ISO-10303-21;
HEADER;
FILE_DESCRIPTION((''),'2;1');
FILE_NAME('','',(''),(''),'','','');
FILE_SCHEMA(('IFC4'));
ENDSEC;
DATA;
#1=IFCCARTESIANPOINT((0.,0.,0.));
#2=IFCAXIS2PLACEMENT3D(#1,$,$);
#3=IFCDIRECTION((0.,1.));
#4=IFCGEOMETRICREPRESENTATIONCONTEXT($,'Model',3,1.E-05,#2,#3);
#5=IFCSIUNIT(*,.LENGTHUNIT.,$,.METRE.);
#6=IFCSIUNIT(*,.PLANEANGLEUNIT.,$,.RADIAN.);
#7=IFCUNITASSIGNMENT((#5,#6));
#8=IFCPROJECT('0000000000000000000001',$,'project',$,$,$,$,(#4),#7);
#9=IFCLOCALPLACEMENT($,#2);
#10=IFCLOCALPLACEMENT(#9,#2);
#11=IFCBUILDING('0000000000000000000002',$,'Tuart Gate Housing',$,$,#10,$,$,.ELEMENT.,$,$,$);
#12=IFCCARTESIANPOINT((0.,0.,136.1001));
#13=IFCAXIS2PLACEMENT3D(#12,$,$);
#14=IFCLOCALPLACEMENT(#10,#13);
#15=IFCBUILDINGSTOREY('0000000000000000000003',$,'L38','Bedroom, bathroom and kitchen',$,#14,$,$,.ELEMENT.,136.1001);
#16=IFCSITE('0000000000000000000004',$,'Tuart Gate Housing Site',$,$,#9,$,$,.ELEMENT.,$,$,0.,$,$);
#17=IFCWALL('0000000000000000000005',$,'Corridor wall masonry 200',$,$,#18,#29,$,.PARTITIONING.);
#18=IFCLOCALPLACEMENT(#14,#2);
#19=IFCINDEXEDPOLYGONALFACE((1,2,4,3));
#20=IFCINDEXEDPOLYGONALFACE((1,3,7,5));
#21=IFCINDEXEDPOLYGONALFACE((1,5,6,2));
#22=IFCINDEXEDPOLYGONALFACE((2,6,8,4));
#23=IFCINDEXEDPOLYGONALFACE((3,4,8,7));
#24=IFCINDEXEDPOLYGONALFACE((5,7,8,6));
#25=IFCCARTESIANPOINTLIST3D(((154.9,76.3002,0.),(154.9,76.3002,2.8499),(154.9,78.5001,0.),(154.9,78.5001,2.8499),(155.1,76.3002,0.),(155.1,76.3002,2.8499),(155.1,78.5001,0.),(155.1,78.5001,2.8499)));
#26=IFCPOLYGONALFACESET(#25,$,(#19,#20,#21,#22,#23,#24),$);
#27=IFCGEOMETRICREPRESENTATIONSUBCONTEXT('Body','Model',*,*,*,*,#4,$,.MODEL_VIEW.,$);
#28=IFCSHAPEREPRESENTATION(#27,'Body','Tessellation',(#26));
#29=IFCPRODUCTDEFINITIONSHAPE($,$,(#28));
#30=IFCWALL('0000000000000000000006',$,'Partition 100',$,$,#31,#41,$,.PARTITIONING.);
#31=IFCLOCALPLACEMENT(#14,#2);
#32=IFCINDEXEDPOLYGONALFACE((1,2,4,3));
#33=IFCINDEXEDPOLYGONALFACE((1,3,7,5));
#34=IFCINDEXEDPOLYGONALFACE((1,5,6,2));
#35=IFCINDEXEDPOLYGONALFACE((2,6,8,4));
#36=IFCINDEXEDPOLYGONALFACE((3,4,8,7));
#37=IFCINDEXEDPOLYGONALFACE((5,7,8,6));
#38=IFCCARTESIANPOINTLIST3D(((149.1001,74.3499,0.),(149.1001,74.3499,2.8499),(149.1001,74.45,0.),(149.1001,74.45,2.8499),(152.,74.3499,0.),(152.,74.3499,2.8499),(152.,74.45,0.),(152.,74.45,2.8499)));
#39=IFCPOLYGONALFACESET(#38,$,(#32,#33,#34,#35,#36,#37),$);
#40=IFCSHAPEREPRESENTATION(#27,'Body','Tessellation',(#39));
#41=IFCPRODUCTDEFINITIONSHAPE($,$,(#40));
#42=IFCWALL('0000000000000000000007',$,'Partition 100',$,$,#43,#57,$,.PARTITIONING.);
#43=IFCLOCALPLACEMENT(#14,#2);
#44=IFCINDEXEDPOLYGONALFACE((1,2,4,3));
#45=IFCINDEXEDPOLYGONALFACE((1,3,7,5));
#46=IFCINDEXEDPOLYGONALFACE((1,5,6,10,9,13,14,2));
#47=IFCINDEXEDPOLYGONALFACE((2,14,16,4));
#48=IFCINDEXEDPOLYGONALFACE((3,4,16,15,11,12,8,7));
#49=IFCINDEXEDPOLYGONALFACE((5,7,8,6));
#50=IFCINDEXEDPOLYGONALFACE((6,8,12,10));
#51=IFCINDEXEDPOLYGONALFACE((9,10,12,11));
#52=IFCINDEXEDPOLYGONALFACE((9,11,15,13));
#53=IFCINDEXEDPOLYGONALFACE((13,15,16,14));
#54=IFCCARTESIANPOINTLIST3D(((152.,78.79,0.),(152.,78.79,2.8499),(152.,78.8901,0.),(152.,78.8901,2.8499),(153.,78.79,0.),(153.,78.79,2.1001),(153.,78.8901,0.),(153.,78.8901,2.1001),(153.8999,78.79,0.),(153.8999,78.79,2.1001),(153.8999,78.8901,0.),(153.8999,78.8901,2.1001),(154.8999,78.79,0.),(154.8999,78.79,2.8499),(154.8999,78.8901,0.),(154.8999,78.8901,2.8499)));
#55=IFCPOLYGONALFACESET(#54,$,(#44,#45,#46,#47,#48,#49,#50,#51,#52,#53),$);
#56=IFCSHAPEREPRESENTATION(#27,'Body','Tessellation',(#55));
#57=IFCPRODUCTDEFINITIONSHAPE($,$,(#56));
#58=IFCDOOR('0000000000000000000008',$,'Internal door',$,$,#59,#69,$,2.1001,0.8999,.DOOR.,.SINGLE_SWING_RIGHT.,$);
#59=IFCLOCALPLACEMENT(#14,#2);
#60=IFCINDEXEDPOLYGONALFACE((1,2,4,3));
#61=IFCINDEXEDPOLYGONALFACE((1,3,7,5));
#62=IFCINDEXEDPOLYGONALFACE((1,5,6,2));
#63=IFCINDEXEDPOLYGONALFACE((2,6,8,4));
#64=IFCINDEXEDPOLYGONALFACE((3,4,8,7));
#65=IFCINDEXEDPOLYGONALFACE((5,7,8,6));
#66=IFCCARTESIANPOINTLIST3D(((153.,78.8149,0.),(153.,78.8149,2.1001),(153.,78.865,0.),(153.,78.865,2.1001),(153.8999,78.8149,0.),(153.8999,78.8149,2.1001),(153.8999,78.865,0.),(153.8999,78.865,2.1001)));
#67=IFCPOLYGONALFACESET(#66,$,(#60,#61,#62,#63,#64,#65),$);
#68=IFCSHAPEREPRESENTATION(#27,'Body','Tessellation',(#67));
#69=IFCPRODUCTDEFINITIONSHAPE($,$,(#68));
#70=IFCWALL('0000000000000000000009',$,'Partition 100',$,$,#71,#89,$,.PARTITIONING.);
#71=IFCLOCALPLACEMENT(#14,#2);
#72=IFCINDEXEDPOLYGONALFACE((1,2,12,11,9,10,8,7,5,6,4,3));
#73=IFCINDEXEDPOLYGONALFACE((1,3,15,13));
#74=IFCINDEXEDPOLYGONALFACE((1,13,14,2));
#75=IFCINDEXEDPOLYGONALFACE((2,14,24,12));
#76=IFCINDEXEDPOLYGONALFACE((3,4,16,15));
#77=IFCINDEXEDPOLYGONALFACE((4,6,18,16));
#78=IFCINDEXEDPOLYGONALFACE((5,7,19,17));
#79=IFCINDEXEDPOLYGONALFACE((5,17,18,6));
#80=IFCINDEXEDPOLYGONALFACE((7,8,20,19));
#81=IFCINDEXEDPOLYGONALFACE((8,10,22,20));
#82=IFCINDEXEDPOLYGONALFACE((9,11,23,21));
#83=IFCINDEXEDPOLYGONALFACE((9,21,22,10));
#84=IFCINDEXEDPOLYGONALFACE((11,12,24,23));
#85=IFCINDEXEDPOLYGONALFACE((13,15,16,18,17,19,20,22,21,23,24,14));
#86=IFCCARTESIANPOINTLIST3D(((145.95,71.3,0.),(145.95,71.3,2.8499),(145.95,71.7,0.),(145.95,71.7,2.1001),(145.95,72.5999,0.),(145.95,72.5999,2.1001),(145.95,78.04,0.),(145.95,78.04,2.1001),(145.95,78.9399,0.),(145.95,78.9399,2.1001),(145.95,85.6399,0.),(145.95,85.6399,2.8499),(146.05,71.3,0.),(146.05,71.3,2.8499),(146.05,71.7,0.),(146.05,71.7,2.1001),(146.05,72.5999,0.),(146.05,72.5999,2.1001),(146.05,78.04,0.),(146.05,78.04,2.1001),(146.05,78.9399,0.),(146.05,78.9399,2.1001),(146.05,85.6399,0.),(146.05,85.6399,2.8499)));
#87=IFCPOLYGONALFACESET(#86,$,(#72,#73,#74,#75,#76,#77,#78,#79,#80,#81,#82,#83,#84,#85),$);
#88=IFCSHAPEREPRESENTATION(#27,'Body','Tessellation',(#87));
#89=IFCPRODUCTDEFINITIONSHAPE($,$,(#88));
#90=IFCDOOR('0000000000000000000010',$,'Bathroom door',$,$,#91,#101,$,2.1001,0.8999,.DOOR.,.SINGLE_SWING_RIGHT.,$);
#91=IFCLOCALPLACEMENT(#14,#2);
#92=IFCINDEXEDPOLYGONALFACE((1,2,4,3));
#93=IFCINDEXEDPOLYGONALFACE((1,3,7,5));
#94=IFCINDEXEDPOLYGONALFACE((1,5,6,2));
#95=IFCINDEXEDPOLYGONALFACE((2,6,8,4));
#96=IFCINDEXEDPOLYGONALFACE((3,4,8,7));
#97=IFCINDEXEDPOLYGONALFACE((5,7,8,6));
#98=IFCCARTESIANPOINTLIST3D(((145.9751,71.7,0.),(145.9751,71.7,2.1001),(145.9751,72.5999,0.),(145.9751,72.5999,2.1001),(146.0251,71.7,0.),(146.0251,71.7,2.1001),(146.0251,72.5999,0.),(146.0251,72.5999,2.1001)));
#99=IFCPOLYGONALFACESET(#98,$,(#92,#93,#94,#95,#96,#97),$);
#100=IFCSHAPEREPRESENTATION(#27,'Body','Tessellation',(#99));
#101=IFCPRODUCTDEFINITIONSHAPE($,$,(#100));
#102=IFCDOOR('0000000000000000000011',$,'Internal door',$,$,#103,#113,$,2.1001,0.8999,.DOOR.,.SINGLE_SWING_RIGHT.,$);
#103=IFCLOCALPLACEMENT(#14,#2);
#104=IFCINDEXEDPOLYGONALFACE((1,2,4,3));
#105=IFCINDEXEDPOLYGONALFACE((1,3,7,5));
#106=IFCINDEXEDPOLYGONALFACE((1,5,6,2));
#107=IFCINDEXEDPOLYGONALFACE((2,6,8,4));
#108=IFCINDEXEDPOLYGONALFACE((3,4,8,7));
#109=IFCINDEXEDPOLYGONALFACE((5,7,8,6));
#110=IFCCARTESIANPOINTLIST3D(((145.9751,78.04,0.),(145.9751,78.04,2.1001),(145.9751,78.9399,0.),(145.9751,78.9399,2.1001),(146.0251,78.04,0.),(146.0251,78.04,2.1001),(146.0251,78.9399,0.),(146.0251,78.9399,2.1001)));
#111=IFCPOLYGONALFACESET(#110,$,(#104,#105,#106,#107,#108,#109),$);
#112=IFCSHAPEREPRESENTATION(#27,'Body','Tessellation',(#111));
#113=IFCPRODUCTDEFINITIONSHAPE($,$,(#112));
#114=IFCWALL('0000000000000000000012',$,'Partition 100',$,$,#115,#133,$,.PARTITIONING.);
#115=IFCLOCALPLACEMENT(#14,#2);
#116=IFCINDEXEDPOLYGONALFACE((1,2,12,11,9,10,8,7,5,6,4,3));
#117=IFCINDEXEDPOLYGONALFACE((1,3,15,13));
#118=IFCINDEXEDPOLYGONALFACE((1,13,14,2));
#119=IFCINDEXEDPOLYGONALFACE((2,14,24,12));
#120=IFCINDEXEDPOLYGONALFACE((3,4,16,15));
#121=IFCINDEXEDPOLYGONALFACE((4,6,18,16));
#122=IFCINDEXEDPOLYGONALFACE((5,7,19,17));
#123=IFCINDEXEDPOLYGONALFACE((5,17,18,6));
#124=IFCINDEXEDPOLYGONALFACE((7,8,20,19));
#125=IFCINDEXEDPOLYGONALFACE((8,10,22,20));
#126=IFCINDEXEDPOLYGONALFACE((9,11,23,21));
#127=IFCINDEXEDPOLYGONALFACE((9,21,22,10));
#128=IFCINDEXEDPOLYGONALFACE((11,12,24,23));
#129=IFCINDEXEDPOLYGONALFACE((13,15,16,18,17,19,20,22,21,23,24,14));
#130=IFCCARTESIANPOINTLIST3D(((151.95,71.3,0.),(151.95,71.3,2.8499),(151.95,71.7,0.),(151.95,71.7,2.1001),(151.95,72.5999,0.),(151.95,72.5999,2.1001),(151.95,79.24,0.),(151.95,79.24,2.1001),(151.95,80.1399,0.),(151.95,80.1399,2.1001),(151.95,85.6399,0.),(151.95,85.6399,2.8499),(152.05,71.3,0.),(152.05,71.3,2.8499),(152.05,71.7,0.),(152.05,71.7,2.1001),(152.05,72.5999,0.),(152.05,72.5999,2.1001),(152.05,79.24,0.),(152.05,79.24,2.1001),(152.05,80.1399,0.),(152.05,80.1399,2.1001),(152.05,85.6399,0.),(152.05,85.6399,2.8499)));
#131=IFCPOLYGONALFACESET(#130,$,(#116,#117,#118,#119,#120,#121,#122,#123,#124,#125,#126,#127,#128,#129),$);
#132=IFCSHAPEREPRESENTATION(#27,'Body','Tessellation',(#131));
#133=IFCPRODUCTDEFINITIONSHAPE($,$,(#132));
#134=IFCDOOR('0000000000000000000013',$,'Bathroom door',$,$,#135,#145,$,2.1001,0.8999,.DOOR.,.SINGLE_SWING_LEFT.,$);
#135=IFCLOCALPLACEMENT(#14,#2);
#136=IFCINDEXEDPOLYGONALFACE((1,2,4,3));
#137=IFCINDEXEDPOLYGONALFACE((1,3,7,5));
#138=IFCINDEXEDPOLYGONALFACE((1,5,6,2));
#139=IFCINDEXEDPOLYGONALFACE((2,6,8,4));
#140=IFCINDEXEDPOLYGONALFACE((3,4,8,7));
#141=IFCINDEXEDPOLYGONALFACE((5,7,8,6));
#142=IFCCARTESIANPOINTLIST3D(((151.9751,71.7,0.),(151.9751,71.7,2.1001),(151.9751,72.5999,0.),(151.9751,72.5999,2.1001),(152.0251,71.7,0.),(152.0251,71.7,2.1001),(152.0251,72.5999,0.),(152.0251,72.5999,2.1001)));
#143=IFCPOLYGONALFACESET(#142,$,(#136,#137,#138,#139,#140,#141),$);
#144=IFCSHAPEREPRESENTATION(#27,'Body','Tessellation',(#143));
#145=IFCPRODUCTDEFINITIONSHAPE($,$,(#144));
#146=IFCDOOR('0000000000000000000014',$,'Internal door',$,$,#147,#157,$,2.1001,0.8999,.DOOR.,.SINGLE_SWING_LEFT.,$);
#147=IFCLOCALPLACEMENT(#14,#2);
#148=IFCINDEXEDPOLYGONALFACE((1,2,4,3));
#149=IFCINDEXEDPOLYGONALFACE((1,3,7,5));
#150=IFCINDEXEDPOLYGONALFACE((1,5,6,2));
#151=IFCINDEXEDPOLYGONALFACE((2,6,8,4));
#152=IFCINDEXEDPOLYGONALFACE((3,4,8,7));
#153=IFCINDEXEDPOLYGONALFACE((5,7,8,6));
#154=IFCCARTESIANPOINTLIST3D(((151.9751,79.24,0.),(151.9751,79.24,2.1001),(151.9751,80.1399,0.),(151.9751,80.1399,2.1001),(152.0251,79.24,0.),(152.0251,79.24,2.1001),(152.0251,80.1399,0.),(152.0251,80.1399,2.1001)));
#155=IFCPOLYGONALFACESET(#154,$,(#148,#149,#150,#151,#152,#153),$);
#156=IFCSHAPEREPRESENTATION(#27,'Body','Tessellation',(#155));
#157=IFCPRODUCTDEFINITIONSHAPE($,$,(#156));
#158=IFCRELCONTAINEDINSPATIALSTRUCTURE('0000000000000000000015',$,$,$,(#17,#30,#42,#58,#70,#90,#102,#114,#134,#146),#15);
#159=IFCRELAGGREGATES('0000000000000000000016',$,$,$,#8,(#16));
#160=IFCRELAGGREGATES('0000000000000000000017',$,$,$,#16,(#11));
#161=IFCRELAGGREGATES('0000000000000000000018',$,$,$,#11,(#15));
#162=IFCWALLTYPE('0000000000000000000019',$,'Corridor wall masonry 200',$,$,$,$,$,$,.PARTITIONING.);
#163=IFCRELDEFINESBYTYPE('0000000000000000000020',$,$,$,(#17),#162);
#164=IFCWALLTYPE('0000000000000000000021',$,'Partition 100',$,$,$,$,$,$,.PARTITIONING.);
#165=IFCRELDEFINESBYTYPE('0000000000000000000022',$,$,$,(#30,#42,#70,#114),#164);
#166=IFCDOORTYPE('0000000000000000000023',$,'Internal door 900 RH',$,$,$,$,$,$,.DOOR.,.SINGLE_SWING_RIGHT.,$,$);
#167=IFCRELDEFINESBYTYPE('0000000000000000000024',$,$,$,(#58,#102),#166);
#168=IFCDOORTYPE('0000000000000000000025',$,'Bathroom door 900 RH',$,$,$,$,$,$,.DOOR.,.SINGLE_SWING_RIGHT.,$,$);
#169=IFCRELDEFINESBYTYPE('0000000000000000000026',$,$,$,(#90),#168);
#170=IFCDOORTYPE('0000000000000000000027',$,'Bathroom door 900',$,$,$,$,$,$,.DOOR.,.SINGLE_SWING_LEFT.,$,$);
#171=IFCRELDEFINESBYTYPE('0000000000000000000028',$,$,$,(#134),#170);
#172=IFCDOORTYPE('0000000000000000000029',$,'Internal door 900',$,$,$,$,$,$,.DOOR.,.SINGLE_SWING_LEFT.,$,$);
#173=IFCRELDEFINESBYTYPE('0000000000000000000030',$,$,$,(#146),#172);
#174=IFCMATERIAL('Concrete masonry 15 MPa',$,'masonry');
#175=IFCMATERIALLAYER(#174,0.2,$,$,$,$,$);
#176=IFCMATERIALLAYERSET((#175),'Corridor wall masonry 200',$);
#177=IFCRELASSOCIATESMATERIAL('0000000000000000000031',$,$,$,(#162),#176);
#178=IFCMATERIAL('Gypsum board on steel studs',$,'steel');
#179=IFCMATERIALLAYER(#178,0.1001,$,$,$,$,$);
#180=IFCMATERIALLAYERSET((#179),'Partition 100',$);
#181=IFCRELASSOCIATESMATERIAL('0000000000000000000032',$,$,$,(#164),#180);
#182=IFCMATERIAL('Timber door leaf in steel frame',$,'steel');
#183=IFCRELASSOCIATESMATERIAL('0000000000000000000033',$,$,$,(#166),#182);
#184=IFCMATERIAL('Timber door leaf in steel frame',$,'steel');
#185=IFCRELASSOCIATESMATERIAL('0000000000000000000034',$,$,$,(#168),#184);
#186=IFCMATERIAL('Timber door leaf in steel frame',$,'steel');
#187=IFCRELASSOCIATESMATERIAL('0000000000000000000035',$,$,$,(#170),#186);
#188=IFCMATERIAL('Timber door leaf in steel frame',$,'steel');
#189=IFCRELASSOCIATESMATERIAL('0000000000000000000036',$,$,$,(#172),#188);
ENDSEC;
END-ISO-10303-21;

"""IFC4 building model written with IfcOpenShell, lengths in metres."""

from ifc_helpers import new_model, si_unit, direction, frame, frame_2d, origin, place, context, subcontext, project, spatial, rectangle, extrude, material, layer, layer_set, type_object, element, fill, save


model = new_model("IFC4")

# Units and contexts
model_context = context("Model", 3, precision=1e-05, world=origin(), true_north=direction((0.0, 1.0)))
body_context = subcontext(model_context, "Body", "Model", "MODEL_VIEW")
ifc_project = project(units=[si_unit("LENGTHUNIT", "METRE"), si_unit("PLANEANGLEUNIT", "RADIAN")], contexts=[model_context])

# Site, building, storey
site_placement = place(None, origin())
site = spatial("IfcSite", under=ifc_project, at=site_placement, Name="Tuart Gate Housing Site", CompositionType="ELEMENT", RefElevation=0.0)
building_placement = place(site_placement, origin())
building = spatial("IfcBuilding", under=site, at=building_placement, Name="Tuart Gate Housing", CompositionType="ELEMENT")
storey_placement = place(building_placement, frame((0.0, 0.0, 136.1001)))
storey = spatial("IfcBuildingStorey", under=building, at=storey_placement, Name="L38", Description="Bedroom, bathroom and kitchen", CompositionType="ELEMENT", Elevation=136.1001)

# Walls
ifc_material_1 = material(Name="Concrete masonry 15 MPa", Category="masonry")
ifc_layer_1 = layer(ifc_material_1, 0.2)
ifc_layer_set_1 = layer_set([ifc_layer_1], Name="Corridor wall masonry 200")
wall_type_1 = type_object("IfcWallType", Name="Corridor wall masonry 200", PredefinedType="PARTITIONING", material=ifc_layer_set_1)
wall_1_placement = place(storey_placement, frame((155.0, 76.3, 0.0), z_axis=(0.0, 0.0, 1.0), x_axis=(0.0, 1.0, 0.0)))
element("IfcWall", 1, at=wall_1_placement, inside=storey, type_object=wall_type_1, Name="Corridor wall masonry 200", PredefinedType="PARTITIONING", context=body_context, shape_type="SweptSolid", body=[
    extrude(rectangle(XDim=2.2, YDim=0.2, at=frame_2d((1.1001, 0.0))), origin(), (0.0, 0.0, 1.0), 2.8499),
])
ifc_material_2 = material(Name="Gypsum board on steel studs", Category="steel")
ifc_layer_2 = layer(ifc_material_2, 0.1001)
ifc_layer_set_2 = layer_set([ifc_layer_2], Name="Partition 100")
wall_type_2 = type_object("IfcWallType", Name="Partition 100", PredefinedType="PARTITIONING", material=ifc_layer_set_2)
wall_2_placement = place(storey_placement, frame((149.1001, 74.3999, 0.0), z_axis=(0.0, 0.0, 1.0), x_axis=(1.0, 0.0, 0.0)))
element("IfcWall", 2, at=wall_2_placement, inside=storey, type_object=wall_type_2, Name="Partition 100", PredefinedType="PARTITIONING", context=body_context, shape_type="SweptSolid", body=[
    extrude(rectangle(XDim=2.8999, YDim=0.1001, at=frame_2d((1.45, 0.0))), origin(), (0.0, 0.0, 1.0), 2.8499),
])

# Wall, opening, door
wall_3_placement = place(storey_placement, frame((152.0, 78.8401, 0.0), z_axis=(0.0, 0.0, 1.0), x_axis=(1.0, 0.0, 0.0)))
wall_3 = element("IfcWall", 3, at=wall_3_placement, inside=storey, type_object=wall_type_2, Name="Partition 100", PredefinedType="PARTITIONING", context=body_context, shape_type="SweptSolid", body=[
    extrude(rectangle(XDim=2.8999, YDim=0.1001, at=frame_2d((1.45, 0.0))), origin(), (0.0, 0.0, 1.0), 2.8499),
])
opening_1_placement = place(wall_3_placement, frame((1.0, 0.0, 0.0)))
opening_1 = element("IfcOpeningElement", 4, at=opening_1_placement, cuts=wall_3, PredefinedType="OPENING", context=body_context, shape_type="SweptSolid", body=[
    extrude(rectangle(XDim=0.8999, YDim=2.1001, at=frame_2d((0.45, 1.05))), frame((0.0, 0.0601, 0.0), z_axis=(0.0, -1.0, 0.0), x_axis=(1.0, 0.0, 0.0)), (0.0, 0.0, 1.0), 0.1201),
])
ifc_material_3 = material(Name="Timber door leaf in steel frame", Category="steel")
door_type_1 = type_object("IfcDoorType", Name="Internal door 900 RH", OperationType="SINGLE_SWING_RIGHT", PredefinedType="DOOR", material=ifc_material_3)
door_1_placement = place(opening_1_placement, frame((0.8999, 0.0, 0.0), z_axis=(0.0, 0.0, 1.0), x_axis=(-1.0, 0.0, 0.0)))
door_1 = element("IfcDoor", 5, at=door_1_placement, inside=storey, type_object=door_type_1, Name="Internal door", OperationType="SINGLE_SWING_RIGHT", OverallHeight=2.1001, OverallWidth=0.8999, PredefinedType="DOOR", context=body_context, shape_type="SweptSolid", body=[
    extrude(rectangle(XDim=0.8999, YDim=2.1001, at=frame_2d((0.45, 1.05))), frame((0.0, 0.0251, 0.0), z_axis=(0.0, -1.0, 0.0), x_axis=(1.0, 0.0, 0.0)), (0.0, 0.0, 1.0), 0.05),
])
fill(opening_1, door_1)

# Walls, openings, doors
wall_4_placement = place(storey_placement, frame((146.0, 71.3, 0.0), z_axis=(0.0, 0.0, 1.0), x_axis=(0.0, 1.0, 0.0)))
wall_4 = element("IfcWall", 6, at=wall_4_placement, inside=storey, type_object=wall_type_2, Name="Partition 100", PredefinedType="PARTITIONING", context=body_context, shape_type="SweptSolid", body=[
    extrude(rectangle(XDim=14.3398, YDim=0.1001, at=frame_2d((7.1699, 0.0))), origin(), (0.0, 0.0, 1.0), 2.8499),
])
opening_2_placement = place(wall_4_placement, frame((6.74, 0.0, 0.0)))
opening_2 = element("IfcOpeningElement", 7, at=opening_2_placement, cuts=wall_4, PredefinedType="OPENING", context=body_context, shape_type="SweptSolid", body=[
    extrude(rectangle(XDim=0.8999, YDim=2.1001, at=frame_2d((0.45, 1.05))), frame((0.0, 0.0601, 0.0), z_axis=(0.0, -1.0, 0.0), x_axis=(1.0, 0.0, 0.0)), (0.0, 0.0, 1.0), 0.1201),
])
opening_3_placement = place(wall_4_placement, frame((0.3999, 0.0, 0.0)))
opening_3 = element("IfcOpeningElement", 8, at=opening_3_placement, cuts=wall_4, PredefinedType="OPENING", context=body_context, shape_type="SweptSolid", body=[
    extrude(rectangle(XDim=0.8999, YDim=2.1001, at=frame_2d((0.45, 1.05))), frame((0.0, 0.0601, 0.0), z_axis=(0.0, -1.0, 0.0), x_axis=(1.0, 0.0, 0.0)), (0.0, 0.0, 1.0), 0.1201),
])
ifc_material_4 = material(Name="Timber door leaf in steel frame", Category="steel")
door_type_2 = type_object("IfcDoorType", Name="Bathroom door 900 RH", OperationType="SINGLE_SWING_RIGHT", PredefinedType="DOOR", material=ifc_material_4)
door_2_placement = place(opening_3_placement, frame((0.8999, 0.0, 0.0), z_axis=(0.0, 0.0, 1.0), x_axis=(-1.0, 0.0, 0.0)))
door_2 = element("IfcDoor", 9, at=door_2_placement, inside=storey, type_object=door_type_2, Name="Bathroom door", OperationType="SINGLE_SWING_RIGHT", OverallHeight=2.1001, OverallWidth=0.8999, PredefinedType="DOOR", context=body_context, shape_type="SweptSolid", body=[
    extrude(rectangle(XDim=0.8999, YDim=2.1001, at=frame_2d((0.45, 1.05))), frame((0.0, 0.0251, 0.0), z_axis=(0.0, -1.0, 0.0), x_axis=(1.0, 0.0, 0.0)), (0.0, 0.0, 1.0), 0.05),
])
fill(opening_3, door_2)
door_3_placement = place(opening_2_placement, frame((0.8999, 0.0, 0.0), z_axis=(0.0, 0.0, 1.0), x_axis=(-1.0, 0.0, 0.0)))
door_3 = element("IfcDoor", 10, at=door_3_placement, inside=storey, type_object=door_type_1, Name="Internal door", OperationType="SINGLE_SWING_RIGHT", OverallHeight=2.1001, OverallWidth=0.8999, PredefinedType="DOOR", context=body_context, shape_type="SweptSolid", body=[
    extrude(rectangle(XDim=0.8999, YDim=2.1001, at=frame_2d((0.45, 1.05))), frame((0.0, 0.0251, 0.0), z_axis=(0.0, -1.0, 0.0), x_axis=(1.0, 0.0, 0.0)), (0.0, 0.0, 1.0), 0.05),
])
fill(opening_2, door_3)
wall_5_placement = place(storey_placement, frame((152.0, 71.3, 0.0), z_axis=(0.0, 0.0, 1.0), x_axis=(0.0, 1.0, 0.0)))
wall_5 = element("IfcWall", 11, at=wall_5_placement, inside=storey, type_object=wall_type_2, Name="Partition 100", PredefinedType="PARTITIONING", context=body_context, shape_type="SweptSolid", body=[
    extrude(rectangle(XDim=14.3398, YDim=0.1001, at=frame_2d((7.1699, 0.0))), origin(), (0.0, 0.0, 1.0), 2.8499),
])
opening_4_placement = place(wall_5_placement, frame((7.9399, 0.0, 0.0)))
opening_4 = element("IfcOpeningElement", 12, at=opening_4_placement, cuts=wall_5, PredefinedType="OPENING", context=body_context, shape_type="SweptSolid", body=[
    extrude(rectangle(XDim=0.8999, YDim=2.1001, at=frame_2d((0.45, 1.05))), frame((0.0, 0.0601, 0.0), z_axis=(0.0, -1.0, 0.0), x_axis=(1.0, 0.0, 0.0)), (0.0, 0.0, 1.0), 0.1201),
])
opening_5_placement = place(wall_5_placement, frame((0.3999, 0.0, 0.0)))
opening_5 = element("IfcOpeningElement", 13, at=opening_5_placement, cuts=wall_5, PredefinedType="OPENING", context=body_context, shape_type="SweptSolid", body=[
    extrude(rectangle(XDim=0.8999, YDim=2.1001, at=frame_2d((0.45, 1.05))), frame((0.0, 0.0601, 0.0), z_axis=(0.0, -1.0, 0.0), x_axis=(1.0, 0.0, 0.0)), (0.0, 0.0, 1.0), 0.1201),
])
ifc_material_5 = material(Name="Timber door leaf in steel frame", Category="steel")
door_type_3 = type_object("IfcDoorType", Name="Bathroom door 900", OperationType="SINGLE_SWING_LEFT", PredefinedType="DOOR", material=ifc_material_5)
door_4_placement = place(opening_5_placement, origin())
door_4 = element("IfcDoor", 14, at=door_4_placement, inside=storey, type_object=door_type_3, Name="Bathroom door", OperationType="SINGLE_SWING_LEFT", OverallHeight=2.1001, OverallWidth=0.8999, PredefinedType="DOOR", context=body_context, shape_type="SweptSolid", body=[
    extrude(rectangle(XDim=0.8999, YDim=2.1001, at=frame_2d((0.45, 1.05))), frame((0.0, 0.0249, 0.0), z_axis=(0.0, -1.0, 0.0), x_axis=(1.0, 0.0, 0.0)), (0.0, 0.0, 1.0), 0.05),
])
fill(opening_5, door_4)
ifc_material_6 = material(Name="Timber door leaf in steel frame", Category="steel")
door_type_4 = type_object("IfcDoorType", Name="Internal door 900", OperationType="SINGLE_SWING_LEFT", PredefinedType="DOOR", material=ifc_material_6)
door_5_placement = place(opening_4_placement, origin())
door_5 = element("IfcDoor", 15, at=door_5_placement, inside=storey, type_object=door_type_4, Name="Internal door", OperationType="SINGLE_SWING_LEFT", OverallHeight=2.1001, OverallWidth=0.8999, PredefinedType="DOOR", context=body_context, shape_type="SweptSolid", body=[
    extrude(rectangle(XDim=0.8999, YDim=2.1001, at=frame_2d((0.45, 1.05))), frame((0.0, 0.0249, 0.0), z_axis=(0.0, -1.0, 0.0), x_axis=(1.0, 0.0, 0.0)), (0.0, 0.0, 1.0), 0.05),
])
fill(opening_4, door_5)

save(model, "model.ifc")
